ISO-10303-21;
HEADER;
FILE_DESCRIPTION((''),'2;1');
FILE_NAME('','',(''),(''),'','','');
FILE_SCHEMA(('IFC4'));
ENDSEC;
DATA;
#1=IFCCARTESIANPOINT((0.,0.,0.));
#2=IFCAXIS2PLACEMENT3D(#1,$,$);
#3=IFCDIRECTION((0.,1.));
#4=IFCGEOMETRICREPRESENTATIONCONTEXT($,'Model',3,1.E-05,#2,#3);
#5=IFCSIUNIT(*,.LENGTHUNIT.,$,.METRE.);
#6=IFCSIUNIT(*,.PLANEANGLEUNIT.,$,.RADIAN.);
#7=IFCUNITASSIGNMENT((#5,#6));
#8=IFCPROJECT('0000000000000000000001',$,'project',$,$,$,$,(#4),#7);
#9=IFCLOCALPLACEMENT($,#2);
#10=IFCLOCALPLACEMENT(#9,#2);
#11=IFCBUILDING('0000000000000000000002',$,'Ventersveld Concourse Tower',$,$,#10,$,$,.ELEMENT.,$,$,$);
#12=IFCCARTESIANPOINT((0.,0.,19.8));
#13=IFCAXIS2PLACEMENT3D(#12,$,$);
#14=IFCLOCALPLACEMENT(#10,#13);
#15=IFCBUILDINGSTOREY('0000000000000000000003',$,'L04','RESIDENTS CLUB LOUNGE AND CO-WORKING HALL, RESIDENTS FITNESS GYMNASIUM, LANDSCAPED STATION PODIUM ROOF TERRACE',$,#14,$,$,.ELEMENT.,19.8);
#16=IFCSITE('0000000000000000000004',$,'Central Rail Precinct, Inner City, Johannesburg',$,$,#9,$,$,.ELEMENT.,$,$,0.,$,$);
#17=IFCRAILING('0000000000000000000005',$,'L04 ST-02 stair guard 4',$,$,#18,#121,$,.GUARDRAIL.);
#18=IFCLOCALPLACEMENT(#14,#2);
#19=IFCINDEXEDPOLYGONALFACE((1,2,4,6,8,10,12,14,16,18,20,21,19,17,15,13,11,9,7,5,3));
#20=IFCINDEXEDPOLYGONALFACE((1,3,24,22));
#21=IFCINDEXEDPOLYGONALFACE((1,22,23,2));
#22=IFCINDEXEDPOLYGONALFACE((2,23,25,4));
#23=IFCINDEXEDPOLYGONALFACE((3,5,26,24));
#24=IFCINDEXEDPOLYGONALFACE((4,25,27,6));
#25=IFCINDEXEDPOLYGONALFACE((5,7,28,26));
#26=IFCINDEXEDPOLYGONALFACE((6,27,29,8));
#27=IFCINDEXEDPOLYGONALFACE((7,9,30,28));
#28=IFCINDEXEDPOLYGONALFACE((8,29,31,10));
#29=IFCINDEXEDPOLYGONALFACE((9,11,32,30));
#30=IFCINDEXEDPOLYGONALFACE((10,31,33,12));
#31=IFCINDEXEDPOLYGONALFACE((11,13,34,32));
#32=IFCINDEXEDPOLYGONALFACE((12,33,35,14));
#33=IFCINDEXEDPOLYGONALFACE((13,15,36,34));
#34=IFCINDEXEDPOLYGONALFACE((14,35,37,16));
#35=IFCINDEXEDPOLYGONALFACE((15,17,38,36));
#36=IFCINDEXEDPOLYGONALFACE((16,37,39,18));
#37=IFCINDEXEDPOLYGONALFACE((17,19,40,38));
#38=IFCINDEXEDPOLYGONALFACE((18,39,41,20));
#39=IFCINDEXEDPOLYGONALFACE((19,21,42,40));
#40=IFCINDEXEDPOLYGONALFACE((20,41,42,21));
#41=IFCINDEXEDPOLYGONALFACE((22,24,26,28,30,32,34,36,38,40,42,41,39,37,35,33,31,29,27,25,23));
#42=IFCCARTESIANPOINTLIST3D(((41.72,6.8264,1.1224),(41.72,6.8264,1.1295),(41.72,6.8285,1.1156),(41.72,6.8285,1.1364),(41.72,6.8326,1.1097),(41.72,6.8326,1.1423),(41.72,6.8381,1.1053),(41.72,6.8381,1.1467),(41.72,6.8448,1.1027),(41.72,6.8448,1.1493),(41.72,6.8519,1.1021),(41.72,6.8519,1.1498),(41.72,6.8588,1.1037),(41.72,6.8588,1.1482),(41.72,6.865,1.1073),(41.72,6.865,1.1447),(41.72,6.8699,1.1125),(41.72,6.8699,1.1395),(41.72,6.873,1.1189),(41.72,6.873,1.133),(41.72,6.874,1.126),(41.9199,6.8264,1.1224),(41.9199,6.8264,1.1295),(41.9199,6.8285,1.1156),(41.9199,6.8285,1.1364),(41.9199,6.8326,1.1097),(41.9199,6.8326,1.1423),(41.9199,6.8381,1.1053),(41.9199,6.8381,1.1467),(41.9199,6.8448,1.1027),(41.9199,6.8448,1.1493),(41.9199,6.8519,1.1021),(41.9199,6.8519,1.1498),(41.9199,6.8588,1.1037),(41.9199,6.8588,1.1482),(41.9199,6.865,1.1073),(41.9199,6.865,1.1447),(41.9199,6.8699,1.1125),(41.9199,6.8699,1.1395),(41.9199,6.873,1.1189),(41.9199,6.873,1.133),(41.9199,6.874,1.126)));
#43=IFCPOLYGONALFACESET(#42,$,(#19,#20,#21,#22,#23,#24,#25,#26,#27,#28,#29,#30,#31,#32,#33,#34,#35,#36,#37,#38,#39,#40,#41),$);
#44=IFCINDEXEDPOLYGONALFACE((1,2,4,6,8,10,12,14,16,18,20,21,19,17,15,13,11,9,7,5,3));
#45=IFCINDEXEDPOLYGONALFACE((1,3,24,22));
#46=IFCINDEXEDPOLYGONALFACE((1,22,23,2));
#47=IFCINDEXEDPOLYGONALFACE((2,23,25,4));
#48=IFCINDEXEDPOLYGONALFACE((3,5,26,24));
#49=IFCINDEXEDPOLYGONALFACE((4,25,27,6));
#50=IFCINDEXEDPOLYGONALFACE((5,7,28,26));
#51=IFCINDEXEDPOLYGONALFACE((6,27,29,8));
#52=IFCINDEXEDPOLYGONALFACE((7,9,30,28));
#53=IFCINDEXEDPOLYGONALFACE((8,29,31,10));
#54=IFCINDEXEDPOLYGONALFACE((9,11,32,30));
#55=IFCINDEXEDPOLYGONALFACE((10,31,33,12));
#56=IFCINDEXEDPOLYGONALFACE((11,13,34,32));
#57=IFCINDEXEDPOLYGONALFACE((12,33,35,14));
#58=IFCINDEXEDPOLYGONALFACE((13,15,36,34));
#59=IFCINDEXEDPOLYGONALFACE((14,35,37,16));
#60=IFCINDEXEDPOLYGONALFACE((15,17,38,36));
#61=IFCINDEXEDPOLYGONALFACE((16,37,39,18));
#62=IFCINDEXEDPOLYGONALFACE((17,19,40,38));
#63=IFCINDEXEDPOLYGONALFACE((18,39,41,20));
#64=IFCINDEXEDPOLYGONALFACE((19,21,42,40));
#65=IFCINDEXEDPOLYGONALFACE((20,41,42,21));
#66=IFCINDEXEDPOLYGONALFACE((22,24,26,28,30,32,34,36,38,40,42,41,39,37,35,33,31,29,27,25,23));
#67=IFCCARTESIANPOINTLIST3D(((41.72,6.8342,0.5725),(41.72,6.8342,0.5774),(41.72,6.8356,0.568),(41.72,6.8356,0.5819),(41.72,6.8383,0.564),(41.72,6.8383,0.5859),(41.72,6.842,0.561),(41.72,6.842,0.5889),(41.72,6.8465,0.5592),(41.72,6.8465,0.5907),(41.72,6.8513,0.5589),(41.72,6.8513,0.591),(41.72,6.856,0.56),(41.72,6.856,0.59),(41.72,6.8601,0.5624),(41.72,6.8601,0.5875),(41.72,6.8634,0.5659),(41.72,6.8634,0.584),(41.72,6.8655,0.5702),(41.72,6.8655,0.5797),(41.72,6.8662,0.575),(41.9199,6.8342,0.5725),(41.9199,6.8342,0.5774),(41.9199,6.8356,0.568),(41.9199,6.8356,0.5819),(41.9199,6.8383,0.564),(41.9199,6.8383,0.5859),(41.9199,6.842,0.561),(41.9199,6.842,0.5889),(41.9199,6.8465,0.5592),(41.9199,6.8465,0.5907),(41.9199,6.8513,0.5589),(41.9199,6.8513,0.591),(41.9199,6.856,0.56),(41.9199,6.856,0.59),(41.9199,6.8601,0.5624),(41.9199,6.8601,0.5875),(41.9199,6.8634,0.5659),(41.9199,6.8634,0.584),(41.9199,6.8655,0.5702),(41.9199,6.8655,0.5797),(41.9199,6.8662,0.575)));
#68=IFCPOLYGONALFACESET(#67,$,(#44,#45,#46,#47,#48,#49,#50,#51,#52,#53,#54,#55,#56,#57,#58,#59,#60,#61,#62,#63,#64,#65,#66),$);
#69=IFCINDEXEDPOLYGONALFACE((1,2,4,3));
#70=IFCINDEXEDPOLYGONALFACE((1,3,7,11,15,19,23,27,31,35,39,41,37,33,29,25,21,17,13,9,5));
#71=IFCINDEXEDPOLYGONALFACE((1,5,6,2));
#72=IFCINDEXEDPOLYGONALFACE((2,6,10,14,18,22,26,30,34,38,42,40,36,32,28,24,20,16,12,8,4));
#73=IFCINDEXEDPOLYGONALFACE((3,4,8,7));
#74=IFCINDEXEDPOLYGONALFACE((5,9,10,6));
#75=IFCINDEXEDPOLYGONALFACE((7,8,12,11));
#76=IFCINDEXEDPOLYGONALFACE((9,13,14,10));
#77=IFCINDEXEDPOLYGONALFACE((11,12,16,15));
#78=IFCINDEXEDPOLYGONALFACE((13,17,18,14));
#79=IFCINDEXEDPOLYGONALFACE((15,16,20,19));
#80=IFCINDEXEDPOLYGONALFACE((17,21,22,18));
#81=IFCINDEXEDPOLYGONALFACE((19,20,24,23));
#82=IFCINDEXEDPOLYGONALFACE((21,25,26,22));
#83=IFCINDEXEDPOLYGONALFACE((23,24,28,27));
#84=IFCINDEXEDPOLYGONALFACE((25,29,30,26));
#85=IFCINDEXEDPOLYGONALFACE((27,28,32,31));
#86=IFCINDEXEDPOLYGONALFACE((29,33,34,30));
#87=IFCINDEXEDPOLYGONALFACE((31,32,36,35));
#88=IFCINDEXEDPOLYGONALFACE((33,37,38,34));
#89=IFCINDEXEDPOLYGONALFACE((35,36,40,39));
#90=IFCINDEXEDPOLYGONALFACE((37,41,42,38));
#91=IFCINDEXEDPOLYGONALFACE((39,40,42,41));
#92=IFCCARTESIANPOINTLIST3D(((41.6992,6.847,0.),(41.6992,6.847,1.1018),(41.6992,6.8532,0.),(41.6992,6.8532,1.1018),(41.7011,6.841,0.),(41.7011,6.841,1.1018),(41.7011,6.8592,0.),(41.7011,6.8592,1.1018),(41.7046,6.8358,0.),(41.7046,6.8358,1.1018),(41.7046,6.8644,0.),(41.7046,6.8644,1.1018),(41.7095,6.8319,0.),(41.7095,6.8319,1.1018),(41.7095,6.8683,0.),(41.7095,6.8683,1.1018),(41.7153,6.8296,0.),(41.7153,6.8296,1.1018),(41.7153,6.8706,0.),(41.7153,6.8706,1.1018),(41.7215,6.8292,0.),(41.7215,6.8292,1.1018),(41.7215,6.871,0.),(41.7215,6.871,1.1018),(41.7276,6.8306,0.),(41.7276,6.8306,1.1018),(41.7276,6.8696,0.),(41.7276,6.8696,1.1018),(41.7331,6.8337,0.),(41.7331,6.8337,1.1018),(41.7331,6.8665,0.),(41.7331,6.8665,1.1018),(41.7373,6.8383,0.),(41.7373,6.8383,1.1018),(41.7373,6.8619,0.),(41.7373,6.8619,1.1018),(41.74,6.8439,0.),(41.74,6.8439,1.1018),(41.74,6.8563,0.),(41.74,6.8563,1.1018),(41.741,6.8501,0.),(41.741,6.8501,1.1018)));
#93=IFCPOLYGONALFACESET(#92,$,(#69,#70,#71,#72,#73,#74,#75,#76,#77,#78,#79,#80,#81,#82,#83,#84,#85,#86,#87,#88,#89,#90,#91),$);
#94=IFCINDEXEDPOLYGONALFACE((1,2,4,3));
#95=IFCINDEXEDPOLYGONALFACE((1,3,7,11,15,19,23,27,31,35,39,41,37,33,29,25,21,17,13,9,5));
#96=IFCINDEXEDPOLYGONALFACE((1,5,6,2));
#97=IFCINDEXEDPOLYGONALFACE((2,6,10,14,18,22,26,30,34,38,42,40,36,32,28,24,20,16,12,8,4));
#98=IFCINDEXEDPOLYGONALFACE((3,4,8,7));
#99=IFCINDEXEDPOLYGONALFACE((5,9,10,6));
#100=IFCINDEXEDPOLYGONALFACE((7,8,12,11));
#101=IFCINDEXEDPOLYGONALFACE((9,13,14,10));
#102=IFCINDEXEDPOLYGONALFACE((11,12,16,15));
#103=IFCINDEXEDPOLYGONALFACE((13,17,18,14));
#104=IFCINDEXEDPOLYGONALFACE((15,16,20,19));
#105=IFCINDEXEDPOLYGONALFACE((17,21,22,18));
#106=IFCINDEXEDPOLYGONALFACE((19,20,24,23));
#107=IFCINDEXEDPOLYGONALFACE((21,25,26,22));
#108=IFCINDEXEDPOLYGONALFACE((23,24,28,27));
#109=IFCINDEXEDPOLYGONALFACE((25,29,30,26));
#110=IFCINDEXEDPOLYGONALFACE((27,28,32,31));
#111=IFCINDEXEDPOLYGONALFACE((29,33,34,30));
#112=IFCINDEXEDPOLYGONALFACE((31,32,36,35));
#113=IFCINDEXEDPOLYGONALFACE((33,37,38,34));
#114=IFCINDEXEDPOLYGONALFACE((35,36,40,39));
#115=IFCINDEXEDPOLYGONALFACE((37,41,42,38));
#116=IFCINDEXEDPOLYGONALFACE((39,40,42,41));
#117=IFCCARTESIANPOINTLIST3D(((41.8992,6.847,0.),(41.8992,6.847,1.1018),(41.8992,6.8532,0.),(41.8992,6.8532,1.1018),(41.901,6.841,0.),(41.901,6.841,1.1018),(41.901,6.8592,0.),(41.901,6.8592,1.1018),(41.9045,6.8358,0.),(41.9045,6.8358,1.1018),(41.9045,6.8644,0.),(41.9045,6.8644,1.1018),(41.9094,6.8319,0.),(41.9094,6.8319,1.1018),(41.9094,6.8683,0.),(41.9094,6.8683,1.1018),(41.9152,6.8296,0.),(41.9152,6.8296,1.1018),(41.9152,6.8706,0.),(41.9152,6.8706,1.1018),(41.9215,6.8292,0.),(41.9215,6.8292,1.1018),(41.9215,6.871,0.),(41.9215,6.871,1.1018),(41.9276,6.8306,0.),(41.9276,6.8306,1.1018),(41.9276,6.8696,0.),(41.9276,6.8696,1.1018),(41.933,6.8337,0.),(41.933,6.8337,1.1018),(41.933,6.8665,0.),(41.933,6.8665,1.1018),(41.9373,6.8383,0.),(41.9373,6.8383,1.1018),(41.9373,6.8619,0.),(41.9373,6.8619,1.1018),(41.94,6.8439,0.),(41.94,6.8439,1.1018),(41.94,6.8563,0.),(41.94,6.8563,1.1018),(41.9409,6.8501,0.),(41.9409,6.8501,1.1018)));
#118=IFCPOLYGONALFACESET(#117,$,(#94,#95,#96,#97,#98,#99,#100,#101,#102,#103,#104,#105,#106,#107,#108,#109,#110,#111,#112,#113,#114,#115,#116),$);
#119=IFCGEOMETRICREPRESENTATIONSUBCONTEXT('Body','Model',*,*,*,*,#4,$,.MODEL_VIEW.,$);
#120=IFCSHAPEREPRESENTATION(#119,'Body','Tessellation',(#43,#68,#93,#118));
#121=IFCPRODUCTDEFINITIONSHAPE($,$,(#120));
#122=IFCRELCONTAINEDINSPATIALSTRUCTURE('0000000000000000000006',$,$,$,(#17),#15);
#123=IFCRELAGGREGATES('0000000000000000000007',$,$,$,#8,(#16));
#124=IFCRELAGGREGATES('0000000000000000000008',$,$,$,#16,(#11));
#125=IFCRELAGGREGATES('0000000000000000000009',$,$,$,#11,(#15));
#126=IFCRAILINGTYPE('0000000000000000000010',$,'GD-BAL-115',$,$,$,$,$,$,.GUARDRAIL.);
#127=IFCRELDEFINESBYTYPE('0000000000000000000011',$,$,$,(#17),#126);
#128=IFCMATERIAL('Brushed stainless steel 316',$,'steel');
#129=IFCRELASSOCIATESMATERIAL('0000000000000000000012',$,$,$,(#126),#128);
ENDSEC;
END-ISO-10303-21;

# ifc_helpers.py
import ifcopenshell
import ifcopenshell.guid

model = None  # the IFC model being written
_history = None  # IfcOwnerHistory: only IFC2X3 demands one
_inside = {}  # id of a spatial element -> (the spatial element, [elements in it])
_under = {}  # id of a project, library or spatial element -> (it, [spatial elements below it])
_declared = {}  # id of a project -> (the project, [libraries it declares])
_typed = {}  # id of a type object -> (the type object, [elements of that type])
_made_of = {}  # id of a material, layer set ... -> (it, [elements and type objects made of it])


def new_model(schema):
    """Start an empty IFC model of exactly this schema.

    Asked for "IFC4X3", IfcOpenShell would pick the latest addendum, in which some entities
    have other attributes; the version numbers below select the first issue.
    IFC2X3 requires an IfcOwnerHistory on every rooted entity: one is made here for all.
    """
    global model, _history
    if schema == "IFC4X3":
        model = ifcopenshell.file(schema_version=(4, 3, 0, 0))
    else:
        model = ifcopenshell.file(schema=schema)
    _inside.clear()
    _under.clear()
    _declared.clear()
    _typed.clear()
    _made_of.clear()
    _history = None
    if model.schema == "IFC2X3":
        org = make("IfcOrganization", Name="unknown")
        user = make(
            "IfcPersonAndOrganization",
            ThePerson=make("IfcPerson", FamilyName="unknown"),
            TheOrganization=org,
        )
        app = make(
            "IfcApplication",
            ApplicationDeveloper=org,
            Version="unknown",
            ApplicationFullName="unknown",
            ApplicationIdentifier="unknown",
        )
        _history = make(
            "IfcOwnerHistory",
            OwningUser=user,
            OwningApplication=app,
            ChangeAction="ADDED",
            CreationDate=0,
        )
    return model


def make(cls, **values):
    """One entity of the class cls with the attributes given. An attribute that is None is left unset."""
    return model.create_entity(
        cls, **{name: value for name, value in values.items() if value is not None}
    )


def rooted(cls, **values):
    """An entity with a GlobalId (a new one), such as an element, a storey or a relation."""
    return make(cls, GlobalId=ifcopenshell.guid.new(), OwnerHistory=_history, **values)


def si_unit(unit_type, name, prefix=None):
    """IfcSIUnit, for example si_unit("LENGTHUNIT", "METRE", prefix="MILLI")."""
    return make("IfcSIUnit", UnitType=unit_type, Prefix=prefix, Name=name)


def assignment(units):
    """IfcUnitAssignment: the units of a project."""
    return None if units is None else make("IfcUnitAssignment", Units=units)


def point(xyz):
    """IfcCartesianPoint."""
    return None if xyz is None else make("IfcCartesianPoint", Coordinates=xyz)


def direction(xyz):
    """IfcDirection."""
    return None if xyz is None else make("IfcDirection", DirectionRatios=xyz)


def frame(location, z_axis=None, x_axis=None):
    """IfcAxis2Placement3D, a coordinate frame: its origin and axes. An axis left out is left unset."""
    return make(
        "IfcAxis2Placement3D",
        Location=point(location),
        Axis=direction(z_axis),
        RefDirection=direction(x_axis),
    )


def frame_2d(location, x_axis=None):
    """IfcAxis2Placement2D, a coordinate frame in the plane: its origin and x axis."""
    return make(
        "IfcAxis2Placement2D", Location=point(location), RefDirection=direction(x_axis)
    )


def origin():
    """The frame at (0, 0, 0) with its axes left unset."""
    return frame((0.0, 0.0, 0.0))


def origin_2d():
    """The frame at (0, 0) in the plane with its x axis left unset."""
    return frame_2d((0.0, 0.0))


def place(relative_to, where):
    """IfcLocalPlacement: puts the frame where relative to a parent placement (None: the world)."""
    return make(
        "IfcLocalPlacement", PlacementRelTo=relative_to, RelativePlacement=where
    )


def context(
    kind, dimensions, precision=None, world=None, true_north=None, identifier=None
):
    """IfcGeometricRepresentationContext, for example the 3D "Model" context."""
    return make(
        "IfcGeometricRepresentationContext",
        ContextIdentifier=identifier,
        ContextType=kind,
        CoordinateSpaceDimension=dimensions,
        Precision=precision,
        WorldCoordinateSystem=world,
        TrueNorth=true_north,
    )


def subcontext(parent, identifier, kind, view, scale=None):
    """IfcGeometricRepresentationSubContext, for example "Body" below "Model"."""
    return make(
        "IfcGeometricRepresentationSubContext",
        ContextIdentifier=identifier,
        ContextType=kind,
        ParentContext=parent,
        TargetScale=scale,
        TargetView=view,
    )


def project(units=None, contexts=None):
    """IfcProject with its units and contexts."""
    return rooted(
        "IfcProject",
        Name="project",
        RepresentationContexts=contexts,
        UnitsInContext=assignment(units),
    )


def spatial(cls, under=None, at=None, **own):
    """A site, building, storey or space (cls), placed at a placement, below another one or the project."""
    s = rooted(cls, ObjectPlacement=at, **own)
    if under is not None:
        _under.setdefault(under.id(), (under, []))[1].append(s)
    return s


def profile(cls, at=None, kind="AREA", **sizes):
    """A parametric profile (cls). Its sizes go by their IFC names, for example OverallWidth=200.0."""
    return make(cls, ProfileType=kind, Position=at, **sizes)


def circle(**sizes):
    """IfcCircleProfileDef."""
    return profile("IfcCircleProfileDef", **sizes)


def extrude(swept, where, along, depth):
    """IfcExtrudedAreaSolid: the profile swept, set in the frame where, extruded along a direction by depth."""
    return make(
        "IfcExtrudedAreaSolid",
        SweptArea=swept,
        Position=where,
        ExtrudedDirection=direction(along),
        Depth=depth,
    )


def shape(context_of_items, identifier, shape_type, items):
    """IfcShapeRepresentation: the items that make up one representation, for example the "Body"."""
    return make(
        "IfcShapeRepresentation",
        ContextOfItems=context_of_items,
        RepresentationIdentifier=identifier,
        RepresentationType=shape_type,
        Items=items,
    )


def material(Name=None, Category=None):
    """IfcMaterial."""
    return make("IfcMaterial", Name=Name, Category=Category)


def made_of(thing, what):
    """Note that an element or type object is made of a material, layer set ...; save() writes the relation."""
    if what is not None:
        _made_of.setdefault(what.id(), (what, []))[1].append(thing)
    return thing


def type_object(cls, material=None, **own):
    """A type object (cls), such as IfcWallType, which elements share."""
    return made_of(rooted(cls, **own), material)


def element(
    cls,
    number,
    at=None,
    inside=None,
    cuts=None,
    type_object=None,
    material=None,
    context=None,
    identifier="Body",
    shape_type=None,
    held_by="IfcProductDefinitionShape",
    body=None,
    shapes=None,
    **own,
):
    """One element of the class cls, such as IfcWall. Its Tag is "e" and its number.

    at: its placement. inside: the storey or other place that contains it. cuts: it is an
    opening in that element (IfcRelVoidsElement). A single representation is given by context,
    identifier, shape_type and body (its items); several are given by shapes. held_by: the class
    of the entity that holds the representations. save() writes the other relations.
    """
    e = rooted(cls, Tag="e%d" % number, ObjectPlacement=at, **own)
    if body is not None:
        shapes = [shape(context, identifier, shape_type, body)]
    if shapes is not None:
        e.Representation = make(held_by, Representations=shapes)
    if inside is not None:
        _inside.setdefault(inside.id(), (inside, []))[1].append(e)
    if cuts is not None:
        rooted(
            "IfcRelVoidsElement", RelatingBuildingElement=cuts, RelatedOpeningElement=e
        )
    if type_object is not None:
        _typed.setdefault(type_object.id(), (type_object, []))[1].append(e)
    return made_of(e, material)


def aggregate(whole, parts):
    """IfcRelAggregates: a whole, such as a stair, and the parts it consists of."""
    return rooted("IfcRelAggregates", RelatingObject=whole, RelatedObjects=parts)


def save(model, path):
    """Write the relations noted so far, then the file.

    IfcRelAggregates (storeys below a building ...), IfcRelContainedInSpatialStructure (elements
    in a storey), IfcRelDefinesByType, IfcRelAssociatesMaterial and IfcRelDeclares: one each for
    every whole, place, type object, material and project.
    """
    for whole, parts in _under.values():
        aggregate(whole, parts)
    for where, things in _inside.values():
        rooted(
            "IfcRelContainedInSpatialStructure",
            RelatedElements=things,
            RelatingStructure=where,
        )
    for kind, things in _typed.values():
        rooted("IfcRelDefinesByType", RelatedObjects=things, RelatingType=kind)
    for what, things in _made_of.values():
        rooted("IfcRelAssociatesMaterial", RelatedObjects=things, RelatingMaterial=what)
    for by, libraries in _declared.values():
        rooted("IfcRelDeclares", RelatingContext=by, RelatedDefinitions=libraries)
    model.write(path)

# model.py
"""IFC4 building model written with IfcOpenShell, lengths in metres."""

from ifc_helpers import new_model, si_unit, direction, frame, origin, origin_2d, place, context, subcontext, project, spatial, circle, extrude, material, type_object, element, save


model = new_model("IFC4")

# Units and contexts
model_context = context("Model", 3, precision=1e-05, world=origin(), true_north=direction((0.0, 1.0)))
body_context = subcontext(model_context, "Body", "Model", "MODEL_VIEW")
ifc_project = project(units=[si_unit("LENGTHUNIT", "METRE"), si_unit("PLANEANGLEUNIT", "RADIAN")], contexts=[model_context])

# Site, building, storey
site_placement = place(None, origin())
site = spatial("IfcSite", under=ifc_project, at=site_placement, Name="Central Rail Precinct, Inner City, Johannesburg", CompositionType="ELEMENT", RefElevation=0.0)
building_placement = place(site_placement, origin())
building = spatial("IfcBuilding", under=site, at=building_placement, Name="Ventersveld Concourse Tower", CompositionType="ELEMENT")
storey_placement = place(building_placement, frame((0.0, 0.0, 19.8)))
storey = spatial("IfcBuildingStorey", under=building, at=storey_placement, Name="L04", Description="RESIDENTS CLUB LOUNGE AND CO-WORKING HALL, RESIDENTS FITNESS GYMNASIUM, LANDSCAPED STATION PODIUM ROOF TERRACE", CompositionType="ELEMENT", Elevation=19.8)

# Railing
ifc_material_1 = material(Name="Brushed stainless steel 316", Category="steel")
railing_type_1 = type_object("IfcRailingType", Name="GD-BAL-115", PredefinedType="GUARDRAIL", material=ifc_material_1)
railing_1_placement = place(storey_placement, frame((41.72, 6.8501, 0.0)))
element("IfcRailing", 1, at=railing_1_placement, inside=storey, type_object=railing_type_1, Name="L04 ST-02 stair guard 4", PredefinedType="GUARDRAIL", context=body_context, shape_type="SweptSolid", body=[
    extrude(circle(Radius=0.0239, at=origin_2d()), frame((0.0, 0.0, 1.126), z_axis=(1.0, 0.0, 0.0), x_axis=(0.0, 1.0, 0.0)), (0.0, 0.0, 1.0), 0.2),
    extrude(circle(Radius=0.0161, at=origin_2d()), frame((0.0, 0.0, 0.575), z_axis=(1.0, 0.0, 0.0), x_axis=(0.0, 1.0, 0.0)), (0.0, 0.0, 1.0), 0.2),
    extrude(circle(Radius=0.021, at=origin_2d()), origin(), (0.0, 0.0, 1.0), 1.1018),
    extrude(circle(Radius=0.021, at=origin_2d()), frame((0.2, 0.0, 0.0)), (0.0, 0.0, 1.0), 1.1018),
])

save(model, "model.ifc")
